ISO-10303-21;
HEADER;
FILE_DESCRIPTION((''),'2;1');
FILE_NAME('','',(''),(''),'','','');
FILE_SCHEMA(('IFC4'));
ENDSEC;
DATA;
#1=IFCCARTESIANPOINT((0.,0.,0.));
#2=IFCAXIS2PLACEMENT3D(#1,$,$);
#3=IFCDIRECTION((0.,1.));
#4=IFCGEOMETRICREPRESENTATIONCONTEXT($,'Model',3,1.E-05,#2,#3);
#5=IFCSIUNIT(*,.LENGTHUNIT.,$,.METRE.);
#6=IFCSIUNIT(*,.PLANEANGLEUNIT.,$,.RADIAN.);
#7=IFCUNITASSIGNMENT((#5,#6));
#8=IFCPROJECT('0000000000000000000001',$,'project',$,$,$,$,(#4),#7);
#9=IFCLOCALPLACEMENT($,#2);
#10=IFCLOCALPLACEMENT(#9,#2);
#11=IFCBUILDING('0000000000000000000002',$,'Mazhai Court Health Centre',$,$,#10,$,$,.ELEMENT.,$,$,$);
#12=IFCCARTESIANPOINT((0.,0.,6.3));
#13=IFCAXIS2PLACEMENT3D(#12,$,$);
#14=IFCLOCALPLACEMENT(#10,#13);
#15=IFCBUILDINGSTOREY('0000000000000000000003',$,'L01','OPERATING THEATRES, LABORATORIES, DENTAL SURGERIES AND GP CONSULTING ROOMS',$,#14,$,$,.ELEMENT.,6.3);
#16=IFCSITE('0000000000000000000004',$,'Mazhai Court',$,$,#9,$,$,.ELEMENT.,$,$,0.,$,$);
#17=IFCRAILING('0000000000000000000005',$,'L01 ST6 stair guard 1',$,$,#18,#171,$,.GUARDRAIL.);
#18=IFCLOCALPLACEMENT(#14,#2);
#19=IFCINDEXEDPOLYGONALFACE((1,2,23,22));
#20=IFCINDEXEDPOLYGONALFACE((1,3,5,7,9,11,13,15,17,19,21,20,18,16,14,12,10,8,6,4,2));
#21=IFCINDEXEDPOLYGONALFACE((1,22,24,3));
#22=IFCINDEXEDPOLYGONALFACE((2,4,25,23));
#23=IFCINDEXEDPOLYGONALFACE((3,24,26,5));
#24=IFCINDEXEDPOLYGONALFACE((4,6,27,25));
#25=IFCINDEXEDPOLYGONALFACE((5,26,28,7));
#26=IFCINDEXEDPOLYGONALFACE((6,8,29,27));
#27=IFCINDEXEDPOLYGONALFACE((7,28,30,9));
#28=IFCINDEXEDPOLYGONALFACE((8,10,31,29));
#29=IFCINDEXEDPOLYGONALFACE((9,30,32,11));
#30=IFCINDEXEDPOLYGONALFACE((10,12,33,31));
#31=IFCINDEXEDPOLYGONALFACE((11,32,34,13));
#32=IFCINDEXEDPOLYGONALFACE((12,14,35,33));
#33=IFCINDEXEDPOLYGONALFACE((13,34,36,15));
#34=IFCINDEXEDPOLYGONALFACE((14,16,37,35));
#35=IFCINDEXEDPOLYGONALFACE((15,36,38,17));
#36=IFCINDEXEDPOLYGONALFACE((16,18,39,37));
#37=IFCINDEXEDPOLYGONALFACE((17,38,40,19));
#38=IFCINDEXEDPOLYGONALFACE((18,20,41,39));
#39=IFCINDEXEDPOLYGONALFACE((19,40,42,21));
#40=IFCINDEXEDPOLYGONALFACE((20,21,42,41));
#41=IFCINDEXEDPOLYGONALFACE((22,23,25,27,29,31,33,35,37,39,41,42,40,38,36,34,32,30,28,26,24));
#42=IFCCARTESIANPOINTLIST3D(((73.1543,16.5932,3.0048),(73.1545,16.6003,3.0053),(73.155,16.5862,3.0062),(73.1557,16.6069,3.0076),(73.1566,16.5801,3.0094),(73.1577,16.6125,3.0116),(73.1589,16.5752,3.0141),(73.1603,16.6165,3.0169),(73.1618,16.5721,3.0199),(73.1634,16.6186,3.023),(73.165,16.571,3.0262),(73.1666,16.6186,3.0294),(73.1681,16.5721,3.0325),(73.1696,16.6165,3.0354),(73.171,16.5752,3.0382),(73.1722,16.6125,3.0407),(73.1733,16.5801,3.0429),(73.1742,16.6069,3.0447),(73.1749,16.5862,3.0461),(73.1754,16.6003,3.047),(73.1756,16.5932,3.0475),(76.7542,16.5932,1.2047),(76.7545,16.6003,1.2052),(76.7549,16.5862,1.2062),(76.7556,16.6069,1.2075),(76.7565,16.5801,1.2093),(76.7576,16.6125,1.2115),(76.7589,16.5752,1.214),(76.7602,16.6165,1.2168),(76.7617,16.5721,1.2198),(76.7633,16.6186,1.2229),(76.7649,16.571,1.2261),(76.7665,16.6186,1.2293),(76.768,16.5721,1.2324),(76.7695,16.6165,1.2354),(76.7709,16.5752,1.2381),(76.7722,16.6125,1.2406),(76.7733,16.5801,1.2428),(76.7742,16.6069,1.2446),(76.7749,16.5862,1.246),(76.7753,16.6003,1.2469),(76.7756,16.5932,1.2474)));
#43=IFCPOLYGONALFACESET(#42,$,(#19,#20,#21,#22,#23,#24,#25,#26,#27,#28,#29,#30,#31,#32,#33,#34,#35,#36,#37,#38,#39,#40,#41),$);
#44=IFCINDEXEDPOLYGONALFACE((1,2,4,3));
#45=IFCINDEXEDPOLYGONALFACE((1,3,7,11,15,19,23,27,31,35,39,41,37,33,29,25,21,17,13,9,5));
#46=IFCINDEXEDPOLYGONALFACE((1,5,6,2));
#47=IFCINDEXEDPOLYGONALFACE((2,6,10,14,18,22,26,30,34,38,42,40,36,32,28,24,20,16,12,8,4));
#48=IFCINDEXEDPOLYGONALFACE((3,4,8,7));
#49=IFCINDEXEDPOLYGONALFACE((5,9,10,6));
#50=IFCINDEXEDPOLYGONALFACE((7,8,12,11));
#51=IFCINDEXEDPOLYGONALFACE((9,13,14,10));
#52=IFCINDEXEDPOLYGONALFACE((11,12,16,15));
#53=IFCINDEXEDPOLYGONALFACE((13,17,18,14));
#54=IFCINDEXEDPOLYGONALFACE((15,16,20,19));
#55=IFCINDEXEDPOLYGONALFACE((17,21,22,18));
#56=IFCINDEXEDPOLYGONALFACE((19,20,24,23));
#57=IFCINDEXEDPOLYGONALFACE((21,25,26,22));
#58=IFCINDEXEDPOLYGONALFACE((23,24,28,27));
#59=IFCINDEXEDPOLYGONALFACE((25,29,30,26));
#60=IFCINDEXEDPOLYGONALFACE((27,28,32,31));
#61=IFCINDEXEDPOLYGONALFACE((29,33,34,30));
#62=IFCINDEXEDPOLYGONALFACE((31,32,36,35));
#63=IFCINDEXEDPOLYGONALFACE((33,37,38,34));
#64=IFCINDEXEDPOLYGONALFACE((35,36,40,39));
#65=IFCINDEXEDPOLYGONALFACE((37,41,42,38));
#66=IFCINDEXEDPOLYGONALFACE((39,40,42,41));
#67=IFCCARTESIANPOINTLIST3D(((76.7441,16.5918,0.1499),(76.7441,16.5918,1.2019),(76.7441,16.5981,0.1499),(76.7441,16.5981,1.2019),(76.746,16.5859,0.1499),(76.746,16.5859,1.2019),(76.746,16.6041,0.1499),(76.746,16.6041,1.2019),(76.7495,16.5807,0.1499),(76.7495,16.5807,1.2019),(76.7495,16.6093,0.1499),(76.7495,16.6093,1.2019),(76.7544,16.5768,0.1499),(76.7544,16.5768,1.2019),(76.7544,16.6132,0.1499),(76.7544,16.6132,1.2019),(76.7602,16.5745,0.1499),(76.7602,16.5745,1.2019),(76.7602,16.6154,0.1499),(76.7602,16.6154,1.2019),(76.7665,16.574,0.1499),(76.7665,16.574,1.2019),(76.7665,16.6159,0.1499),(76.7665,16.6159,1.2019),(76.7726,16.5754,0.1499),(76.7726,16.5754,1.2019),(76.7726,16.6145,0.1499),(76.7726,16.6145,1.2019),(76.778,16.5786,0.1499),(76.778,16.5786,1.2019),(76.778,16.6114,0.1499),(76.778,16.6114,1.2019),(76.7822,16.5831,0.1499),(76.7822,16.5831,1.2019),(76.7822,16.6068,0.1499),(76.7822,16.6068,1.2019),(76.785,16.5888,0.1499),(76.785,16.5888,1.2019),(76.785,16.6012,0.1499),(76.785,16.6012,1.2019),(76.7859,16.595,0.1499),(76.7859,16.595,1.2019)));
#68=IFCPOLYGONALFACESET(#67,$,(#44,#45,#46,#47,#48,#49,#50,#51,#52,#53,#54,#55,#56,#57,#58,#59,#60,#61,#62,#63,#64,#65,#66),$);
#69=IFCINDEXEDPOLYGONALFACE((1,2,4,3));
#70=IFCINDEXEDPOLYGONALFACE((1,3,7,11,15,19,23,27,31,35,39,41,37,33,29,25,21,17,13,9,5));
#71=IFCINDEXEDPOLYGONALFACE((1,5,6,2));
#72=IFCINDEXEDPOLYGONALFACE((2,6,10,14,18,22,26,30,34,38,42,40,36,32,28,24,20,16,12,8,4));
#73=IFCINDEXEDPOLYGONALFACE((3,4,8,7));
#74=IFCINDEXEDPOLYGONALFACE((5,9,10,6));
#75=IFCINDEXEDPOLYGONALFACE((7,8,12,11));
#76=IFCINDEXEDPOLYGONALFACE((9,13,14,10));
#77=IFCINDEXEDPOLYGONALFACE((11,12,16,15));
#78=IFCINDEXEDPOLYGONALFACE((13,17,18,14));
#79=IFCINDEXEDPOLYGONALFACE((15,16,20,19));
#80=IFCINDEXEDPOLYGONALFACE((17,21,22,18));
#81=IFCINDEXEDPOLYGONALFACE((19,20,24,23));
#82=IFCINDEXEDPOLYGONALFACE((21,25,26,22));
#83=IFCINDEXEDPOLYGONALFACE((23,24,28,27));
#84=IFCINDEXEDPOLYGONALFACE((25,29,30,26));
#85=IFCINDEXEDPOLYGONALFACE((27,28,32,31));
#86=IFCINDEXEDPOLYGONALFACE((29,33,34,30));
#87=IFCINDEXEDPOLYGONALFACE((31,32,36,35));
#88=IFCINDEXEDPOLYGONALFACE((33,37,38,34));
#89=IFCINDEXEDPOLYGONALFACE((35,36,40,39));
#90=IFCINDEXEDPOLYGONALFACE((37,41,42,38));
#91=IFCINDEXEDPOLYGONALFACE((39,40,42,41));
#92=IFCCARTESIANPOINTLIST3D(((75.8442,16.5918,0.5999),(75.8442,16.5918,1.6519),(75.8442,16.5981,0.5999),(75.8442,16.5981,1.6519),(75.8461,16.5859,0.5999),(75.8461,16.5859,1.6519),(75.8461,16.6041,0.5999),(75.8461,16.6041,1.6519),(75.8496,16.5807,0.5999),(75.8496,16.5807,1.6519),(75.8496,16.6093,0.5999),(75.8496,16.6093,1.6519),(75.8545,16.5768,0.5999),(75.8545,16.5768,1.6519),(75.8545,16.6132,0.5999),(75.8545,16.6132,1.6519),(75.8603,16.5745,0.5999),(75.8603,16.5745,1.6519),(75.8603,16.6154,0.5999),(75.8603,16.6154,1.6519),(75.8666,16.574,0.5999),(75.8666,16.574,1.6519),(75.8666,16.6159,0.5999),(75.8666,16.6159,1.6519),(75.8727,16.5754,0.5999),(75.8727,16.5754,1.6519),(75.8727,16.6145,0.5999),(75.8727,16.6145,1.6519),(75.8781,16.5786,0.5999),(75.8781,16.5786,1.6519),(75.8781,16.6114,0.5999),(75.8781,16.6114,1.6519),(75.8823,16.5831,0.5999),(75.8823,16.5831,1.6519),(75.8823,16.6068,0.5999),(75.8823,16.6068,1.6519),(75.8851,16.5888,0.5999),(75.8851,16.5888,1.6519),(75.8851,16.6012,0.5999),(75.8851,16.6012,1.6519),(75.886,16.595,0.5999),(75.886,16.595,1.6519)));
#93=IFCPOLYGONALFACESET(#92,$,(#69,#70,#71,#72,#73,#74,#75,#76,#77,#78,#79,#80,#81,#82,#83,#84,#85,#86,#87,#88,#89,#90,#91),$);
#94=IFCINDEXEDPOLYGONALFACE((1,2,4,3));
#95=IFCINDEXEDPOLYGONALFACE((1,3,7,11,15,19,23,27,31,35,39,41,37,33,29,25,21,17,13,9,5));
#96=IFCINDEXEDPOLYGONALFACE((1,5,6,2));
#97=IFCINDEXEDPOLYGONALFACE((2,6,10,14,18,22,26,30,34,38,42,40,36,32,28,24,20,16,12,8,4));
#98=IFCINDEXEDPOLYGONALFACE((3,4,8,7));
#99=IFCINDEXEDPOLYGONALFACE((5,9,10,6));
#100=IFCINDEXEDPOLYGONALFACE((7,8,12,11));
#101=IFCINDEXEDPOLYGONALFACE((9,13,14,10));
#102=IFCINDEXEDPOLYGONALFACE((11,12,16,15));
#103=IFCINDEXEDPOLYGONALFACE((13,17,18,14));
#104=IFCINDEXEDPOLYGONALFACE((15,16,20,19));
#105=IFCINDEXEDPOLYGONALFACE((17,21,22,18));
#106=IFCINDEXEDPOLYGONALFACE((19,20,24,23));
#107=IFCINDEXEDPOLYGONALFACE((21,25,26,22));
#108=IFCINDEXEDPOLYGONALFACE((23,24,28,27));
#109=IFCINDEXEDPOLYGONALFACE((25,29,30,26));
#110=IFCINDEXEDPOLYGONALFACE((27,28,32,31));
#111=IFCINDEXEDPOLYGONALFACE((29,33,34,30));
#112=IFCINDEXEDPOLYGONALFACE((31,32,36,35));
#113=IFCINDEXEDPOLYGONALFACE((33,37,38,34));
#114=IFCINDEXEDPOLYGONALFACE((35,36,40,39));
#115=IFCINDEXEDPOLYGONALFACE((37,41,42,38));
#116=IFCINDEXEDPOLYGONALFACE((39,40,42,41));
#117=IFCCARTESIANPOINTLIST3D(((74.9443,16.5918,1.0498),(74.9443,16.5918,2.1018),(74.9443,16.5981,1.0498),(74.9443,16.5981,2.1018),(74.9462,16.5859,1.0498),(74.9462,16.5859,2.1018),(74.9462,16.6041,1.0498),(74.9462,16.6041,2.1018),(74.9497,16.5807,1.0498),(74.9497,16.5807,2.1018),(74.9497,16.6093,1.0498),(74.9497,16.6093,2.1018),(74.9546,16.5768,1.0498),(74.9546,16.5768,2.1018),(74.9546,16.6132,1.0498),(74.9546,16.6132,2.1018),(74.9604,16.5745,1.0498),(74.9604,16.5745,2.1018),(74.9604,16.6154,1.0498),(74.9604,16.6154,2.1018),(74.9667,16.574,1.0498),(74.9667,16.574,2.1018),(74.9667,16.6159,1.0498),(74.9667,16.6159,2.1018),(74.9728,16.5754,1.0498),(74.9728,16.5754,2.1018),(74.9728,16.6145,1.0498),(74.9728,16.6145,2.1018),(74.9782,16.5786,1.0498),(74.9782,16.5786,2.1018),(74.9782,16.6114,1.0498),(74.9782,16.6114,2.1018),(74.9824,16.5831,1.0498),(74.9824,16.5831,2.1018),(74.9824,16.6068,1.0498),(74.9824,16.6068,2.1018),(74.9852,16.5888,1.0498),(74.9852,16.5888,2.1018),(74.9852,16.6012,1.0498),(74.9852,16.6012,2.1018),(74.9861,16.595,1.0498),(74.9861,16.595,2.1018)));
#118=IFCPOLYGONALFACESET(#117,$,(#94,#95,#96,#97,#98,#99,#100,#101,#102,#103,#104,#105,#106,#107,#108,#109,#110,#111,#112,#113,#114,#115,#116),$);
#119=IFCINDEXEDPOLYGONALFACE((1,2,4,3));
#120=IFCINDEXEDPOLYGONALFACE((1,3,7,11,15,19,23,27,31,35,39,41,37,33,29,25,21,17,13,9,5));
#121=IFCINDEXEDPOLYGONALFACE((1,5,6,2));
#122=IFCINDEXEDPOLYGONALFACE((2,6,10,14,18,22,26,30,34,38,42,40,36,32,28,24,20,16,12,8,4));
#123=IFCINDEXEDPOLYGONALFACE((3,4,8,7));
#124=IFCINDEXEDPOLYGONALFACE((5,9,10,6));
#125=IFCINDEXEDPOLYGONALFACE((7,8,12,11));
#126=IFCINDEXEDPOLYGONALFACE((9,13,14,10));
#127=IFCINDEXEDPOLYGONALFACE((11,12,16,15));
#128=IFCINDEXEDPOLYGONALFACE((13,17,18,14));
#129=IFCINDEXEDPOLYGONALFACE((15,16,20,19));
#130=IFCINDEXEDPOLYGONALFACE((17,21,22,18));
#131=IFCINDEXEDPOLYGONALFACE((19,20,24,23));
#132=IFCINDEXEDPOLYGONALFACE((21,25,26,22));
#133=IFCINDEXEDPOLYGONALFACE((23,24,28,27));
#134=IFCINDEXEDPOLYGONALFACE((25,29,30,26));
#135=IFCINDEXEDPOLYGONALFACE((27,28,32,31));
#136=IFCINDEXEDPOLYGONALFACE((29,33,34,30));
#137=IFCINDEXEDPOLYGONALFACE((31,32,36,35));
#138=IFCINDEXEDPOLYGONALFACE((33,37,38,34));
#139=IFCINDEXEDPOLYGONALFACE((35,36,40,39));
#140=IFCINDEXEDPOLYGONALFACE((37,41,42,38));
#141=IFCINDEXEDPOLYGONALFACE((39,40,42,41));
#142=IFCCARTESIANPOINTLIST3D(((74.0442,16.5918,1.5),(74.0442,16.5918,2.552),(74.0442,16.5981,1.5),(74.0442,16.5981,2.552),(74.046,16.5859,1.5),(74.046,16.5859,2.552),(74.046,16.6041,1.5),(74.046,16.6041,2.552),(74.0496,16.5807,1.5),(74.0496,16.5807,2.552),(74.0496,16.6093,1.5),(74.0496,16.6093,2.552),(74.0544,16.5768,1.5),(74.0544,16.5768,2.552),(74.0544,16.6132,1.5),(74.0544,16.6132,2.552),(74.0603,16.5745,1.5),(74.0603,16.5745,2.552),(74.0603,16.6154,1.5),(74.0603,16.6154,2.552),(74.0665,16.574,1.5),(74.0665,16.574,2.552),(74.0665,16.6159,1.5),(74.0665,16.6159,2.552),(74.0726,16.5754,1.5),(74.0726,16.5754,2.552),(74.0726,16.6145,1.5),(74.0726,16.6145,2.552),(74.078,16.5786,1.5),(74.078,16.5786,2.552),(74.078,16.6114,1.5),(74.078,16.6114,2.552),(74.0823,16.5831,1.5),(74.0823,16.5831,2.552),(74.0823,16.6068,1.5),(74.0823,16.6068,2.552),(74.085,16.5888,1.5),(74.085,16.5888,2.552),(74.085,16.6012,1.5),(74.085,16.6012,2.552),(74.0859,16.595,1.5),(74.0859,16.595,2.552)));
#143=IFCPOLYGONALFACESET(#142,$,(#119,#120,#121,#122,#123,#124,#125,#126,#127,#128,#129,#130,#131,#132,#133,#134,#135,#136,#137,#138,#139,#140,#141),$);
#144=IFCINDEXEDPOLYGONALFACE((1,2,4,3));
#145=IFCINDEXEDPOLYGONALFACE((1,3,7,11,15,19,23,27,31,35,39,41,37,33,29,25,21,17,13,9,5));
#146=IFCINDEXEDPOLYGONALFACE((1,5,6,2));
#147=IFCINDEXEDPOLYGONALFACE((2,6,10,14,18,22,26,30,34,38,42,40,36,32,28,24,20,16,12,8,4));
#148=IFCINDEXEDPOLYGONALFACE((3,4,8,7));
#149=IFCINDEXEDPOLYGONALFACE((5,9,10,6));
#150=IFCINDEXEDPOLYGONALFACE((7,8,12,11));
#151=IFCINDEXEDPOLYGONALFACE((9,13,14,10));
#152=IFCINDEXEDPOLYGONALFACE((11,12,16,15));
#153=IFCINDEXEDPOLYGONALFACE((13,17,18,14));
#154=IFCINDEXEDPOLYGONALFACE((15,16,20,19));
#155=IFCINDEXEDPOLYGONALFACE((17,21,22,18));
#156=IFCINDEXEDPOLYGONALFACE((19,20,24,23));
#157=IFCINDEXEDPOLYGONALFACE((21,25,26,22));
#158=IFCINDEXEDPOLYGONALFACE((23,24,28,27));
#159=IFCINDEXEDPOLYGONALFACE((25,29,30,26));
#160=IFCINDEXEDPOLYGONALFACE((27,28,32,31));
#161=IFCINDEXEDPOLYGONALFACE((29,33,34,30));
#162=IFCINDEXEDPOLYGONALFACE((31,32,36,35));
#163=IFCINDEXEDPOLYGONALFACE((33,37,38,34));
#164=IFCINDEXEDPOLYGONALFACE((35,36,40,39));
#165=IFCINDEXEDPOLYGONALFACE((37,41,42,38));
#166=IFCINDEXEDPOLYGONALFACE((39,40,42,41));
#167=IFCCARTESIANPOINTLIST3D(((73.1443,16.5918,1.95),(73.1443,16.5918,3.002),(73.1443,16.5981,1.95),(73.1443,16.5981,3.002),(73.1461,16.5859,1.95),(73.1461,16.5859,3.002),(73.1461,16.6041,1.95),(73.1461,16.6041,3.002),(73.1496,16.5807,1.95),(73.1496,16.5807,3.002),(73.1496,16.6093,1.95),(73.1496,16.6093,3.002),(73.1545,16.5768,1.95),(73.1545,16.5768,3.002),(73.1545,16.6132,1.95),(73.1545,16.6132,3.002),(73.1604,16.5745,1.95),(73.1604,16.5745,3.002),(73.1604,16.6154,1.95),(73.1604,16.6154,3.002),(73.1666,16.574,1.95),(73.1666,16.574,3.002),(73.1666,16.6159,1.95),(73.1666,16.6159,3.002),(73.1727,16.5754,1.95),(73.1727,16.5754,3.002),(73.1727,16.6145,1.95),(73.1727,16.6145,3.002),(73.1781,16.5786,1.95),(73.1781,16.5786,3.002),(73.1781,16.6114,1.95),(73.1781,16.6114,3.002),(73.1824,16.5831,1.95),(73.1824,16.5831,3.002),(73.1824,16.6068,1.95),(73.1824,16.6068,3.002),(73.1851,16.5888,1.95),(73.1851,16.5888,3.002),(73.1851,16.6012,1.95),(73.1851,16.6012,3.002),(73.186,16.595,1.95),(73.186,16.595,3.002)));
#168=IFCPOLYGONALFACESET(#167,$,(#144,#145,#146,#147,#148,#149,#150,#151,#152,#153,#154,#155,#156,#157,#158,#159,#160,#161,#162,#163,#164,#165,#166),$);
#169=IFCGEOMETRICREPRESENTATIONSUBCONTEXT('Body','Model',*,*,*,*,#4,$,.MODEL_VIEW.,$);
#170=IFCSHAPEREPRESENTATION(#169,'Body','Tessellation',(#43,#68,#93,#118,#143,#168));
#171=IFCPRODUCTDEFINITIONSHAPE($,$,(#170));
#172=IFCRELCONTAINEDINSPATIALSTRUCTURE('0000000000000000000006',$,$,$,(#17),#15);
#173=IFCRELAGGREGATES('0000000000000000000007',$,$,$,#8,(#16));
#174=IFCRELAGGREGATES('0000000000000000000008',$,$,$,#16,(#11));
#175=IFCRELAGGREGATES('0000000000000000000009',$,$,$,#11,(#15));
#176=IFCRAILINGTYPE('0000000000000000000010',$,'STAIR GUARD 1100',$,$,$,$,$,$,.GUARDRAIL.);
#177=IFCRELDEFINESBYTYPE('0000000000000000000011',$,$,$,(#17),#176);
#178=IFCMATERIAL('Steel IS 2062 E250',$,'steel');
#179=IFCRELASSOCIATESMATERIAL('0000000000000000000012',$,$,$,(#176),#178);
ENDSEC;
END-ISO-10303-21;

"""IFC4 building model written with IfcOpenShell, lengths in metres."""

from ifc_helpers import new_model, si_unit, direction, frame, origin, origin_2d, place, context, subcontext, project, spatial, circle, extrude, material, type_object, element, save


model = new_model("IFC4")

# Units and contexts
model_context = context("Model", 3, precision=1e-05, world=origin(), true_north=direction((0.0, 1.0)))
body_context = subcontext(model_context, "Body", "Model", "MODEL_VIEW")
ifc_project = project(units=[si_unit("LENGTHUNIT", "METRE"), si_unit("PLANEANGLEUNIT", "RADIAN")], contexts=[model_context])

# Site, building, storey
site_placement = place(None, origin())
site = spatial("IfcSite", under=ifc_project, at=site_placement, Name="Mazhai Court", CompositionType="ELEMENT", RefElevation=0.0)
building_placement = place(site_placement, origin())
building = spatial("IfcBuilding", under=site, at=building_placement, Name="Mazhai Court Health Centre", CompositionType="ELEMENT")
storey_placement = place(building_placement, frame((0.0, 0.0, 6.3)))
storey = spatial("IfcBuildingStorey", under=building, at=storey_placement, Name="L01", Description="OPERATING THEATRES, LABORATORIES, DENTAL SURGERIES AND GP CONSULTING ROOMS", CompositionType="ELEMENT", Elevation=6.3)

# Railing
ifc_material_1 = material(Name="Steel IS 2062 E250", Category="steel")
railing_type_1 = type_object("IfcRailingType", Name="STAIR GUARD 1100", PredefinedType="GUARDRAIL", material=ifc_material_1)
railing_1_placement = place(storey_placement, frame((76.7649, 16.595, 0.1499)))
element("IfcRailing", 1, at=railing_1_placement, inside=storey, type_object=railing_type_1, Name="L01 ST6 stair guard 1", PredefinedType="GUARDRAIL", context=body_context, shape_type="SweptSolid", body=[
    extrude(circle(Radius=0.0239, at=origin_2d()), frame((0.0, 0.0, 1.0762), z_axis=(-0.894415, 0.0, 0.447238), x_axis=(0.0, -1.0, 0.0)), (0.0, 0.0, 1.0), 4.0249),
    extrude(circle(Radius=0.021, at=origin_2d()), origin(), (0.0, 0.0, 1.0), 1.052),
    extrude(circle(Radius=0.021, at=origin_2d()), frame((-0.8999, 0.0, 0.45)), (0.0, 0.0, 1.0), 1.052),
    extrude(circle(Radius=0.021, at=origin_2d()), frame((-1.7998, 0.0, 0.8999)), (0.0, 0.0, 1.0), 1.052),
    extrude(circle(Radius=0.021, at=origin_2d()), frame((-2.7, 0.0, 1.3501)), (0.0, 0.0, 1.0), 1.052),
    extrude(circle(Radius=0.021, at=origin_2d()), frame((-3.5999, 0.0, 1.8)), (0.0, 0.0, 1.0), 1.052),
])

save(model, "model.ifc")
